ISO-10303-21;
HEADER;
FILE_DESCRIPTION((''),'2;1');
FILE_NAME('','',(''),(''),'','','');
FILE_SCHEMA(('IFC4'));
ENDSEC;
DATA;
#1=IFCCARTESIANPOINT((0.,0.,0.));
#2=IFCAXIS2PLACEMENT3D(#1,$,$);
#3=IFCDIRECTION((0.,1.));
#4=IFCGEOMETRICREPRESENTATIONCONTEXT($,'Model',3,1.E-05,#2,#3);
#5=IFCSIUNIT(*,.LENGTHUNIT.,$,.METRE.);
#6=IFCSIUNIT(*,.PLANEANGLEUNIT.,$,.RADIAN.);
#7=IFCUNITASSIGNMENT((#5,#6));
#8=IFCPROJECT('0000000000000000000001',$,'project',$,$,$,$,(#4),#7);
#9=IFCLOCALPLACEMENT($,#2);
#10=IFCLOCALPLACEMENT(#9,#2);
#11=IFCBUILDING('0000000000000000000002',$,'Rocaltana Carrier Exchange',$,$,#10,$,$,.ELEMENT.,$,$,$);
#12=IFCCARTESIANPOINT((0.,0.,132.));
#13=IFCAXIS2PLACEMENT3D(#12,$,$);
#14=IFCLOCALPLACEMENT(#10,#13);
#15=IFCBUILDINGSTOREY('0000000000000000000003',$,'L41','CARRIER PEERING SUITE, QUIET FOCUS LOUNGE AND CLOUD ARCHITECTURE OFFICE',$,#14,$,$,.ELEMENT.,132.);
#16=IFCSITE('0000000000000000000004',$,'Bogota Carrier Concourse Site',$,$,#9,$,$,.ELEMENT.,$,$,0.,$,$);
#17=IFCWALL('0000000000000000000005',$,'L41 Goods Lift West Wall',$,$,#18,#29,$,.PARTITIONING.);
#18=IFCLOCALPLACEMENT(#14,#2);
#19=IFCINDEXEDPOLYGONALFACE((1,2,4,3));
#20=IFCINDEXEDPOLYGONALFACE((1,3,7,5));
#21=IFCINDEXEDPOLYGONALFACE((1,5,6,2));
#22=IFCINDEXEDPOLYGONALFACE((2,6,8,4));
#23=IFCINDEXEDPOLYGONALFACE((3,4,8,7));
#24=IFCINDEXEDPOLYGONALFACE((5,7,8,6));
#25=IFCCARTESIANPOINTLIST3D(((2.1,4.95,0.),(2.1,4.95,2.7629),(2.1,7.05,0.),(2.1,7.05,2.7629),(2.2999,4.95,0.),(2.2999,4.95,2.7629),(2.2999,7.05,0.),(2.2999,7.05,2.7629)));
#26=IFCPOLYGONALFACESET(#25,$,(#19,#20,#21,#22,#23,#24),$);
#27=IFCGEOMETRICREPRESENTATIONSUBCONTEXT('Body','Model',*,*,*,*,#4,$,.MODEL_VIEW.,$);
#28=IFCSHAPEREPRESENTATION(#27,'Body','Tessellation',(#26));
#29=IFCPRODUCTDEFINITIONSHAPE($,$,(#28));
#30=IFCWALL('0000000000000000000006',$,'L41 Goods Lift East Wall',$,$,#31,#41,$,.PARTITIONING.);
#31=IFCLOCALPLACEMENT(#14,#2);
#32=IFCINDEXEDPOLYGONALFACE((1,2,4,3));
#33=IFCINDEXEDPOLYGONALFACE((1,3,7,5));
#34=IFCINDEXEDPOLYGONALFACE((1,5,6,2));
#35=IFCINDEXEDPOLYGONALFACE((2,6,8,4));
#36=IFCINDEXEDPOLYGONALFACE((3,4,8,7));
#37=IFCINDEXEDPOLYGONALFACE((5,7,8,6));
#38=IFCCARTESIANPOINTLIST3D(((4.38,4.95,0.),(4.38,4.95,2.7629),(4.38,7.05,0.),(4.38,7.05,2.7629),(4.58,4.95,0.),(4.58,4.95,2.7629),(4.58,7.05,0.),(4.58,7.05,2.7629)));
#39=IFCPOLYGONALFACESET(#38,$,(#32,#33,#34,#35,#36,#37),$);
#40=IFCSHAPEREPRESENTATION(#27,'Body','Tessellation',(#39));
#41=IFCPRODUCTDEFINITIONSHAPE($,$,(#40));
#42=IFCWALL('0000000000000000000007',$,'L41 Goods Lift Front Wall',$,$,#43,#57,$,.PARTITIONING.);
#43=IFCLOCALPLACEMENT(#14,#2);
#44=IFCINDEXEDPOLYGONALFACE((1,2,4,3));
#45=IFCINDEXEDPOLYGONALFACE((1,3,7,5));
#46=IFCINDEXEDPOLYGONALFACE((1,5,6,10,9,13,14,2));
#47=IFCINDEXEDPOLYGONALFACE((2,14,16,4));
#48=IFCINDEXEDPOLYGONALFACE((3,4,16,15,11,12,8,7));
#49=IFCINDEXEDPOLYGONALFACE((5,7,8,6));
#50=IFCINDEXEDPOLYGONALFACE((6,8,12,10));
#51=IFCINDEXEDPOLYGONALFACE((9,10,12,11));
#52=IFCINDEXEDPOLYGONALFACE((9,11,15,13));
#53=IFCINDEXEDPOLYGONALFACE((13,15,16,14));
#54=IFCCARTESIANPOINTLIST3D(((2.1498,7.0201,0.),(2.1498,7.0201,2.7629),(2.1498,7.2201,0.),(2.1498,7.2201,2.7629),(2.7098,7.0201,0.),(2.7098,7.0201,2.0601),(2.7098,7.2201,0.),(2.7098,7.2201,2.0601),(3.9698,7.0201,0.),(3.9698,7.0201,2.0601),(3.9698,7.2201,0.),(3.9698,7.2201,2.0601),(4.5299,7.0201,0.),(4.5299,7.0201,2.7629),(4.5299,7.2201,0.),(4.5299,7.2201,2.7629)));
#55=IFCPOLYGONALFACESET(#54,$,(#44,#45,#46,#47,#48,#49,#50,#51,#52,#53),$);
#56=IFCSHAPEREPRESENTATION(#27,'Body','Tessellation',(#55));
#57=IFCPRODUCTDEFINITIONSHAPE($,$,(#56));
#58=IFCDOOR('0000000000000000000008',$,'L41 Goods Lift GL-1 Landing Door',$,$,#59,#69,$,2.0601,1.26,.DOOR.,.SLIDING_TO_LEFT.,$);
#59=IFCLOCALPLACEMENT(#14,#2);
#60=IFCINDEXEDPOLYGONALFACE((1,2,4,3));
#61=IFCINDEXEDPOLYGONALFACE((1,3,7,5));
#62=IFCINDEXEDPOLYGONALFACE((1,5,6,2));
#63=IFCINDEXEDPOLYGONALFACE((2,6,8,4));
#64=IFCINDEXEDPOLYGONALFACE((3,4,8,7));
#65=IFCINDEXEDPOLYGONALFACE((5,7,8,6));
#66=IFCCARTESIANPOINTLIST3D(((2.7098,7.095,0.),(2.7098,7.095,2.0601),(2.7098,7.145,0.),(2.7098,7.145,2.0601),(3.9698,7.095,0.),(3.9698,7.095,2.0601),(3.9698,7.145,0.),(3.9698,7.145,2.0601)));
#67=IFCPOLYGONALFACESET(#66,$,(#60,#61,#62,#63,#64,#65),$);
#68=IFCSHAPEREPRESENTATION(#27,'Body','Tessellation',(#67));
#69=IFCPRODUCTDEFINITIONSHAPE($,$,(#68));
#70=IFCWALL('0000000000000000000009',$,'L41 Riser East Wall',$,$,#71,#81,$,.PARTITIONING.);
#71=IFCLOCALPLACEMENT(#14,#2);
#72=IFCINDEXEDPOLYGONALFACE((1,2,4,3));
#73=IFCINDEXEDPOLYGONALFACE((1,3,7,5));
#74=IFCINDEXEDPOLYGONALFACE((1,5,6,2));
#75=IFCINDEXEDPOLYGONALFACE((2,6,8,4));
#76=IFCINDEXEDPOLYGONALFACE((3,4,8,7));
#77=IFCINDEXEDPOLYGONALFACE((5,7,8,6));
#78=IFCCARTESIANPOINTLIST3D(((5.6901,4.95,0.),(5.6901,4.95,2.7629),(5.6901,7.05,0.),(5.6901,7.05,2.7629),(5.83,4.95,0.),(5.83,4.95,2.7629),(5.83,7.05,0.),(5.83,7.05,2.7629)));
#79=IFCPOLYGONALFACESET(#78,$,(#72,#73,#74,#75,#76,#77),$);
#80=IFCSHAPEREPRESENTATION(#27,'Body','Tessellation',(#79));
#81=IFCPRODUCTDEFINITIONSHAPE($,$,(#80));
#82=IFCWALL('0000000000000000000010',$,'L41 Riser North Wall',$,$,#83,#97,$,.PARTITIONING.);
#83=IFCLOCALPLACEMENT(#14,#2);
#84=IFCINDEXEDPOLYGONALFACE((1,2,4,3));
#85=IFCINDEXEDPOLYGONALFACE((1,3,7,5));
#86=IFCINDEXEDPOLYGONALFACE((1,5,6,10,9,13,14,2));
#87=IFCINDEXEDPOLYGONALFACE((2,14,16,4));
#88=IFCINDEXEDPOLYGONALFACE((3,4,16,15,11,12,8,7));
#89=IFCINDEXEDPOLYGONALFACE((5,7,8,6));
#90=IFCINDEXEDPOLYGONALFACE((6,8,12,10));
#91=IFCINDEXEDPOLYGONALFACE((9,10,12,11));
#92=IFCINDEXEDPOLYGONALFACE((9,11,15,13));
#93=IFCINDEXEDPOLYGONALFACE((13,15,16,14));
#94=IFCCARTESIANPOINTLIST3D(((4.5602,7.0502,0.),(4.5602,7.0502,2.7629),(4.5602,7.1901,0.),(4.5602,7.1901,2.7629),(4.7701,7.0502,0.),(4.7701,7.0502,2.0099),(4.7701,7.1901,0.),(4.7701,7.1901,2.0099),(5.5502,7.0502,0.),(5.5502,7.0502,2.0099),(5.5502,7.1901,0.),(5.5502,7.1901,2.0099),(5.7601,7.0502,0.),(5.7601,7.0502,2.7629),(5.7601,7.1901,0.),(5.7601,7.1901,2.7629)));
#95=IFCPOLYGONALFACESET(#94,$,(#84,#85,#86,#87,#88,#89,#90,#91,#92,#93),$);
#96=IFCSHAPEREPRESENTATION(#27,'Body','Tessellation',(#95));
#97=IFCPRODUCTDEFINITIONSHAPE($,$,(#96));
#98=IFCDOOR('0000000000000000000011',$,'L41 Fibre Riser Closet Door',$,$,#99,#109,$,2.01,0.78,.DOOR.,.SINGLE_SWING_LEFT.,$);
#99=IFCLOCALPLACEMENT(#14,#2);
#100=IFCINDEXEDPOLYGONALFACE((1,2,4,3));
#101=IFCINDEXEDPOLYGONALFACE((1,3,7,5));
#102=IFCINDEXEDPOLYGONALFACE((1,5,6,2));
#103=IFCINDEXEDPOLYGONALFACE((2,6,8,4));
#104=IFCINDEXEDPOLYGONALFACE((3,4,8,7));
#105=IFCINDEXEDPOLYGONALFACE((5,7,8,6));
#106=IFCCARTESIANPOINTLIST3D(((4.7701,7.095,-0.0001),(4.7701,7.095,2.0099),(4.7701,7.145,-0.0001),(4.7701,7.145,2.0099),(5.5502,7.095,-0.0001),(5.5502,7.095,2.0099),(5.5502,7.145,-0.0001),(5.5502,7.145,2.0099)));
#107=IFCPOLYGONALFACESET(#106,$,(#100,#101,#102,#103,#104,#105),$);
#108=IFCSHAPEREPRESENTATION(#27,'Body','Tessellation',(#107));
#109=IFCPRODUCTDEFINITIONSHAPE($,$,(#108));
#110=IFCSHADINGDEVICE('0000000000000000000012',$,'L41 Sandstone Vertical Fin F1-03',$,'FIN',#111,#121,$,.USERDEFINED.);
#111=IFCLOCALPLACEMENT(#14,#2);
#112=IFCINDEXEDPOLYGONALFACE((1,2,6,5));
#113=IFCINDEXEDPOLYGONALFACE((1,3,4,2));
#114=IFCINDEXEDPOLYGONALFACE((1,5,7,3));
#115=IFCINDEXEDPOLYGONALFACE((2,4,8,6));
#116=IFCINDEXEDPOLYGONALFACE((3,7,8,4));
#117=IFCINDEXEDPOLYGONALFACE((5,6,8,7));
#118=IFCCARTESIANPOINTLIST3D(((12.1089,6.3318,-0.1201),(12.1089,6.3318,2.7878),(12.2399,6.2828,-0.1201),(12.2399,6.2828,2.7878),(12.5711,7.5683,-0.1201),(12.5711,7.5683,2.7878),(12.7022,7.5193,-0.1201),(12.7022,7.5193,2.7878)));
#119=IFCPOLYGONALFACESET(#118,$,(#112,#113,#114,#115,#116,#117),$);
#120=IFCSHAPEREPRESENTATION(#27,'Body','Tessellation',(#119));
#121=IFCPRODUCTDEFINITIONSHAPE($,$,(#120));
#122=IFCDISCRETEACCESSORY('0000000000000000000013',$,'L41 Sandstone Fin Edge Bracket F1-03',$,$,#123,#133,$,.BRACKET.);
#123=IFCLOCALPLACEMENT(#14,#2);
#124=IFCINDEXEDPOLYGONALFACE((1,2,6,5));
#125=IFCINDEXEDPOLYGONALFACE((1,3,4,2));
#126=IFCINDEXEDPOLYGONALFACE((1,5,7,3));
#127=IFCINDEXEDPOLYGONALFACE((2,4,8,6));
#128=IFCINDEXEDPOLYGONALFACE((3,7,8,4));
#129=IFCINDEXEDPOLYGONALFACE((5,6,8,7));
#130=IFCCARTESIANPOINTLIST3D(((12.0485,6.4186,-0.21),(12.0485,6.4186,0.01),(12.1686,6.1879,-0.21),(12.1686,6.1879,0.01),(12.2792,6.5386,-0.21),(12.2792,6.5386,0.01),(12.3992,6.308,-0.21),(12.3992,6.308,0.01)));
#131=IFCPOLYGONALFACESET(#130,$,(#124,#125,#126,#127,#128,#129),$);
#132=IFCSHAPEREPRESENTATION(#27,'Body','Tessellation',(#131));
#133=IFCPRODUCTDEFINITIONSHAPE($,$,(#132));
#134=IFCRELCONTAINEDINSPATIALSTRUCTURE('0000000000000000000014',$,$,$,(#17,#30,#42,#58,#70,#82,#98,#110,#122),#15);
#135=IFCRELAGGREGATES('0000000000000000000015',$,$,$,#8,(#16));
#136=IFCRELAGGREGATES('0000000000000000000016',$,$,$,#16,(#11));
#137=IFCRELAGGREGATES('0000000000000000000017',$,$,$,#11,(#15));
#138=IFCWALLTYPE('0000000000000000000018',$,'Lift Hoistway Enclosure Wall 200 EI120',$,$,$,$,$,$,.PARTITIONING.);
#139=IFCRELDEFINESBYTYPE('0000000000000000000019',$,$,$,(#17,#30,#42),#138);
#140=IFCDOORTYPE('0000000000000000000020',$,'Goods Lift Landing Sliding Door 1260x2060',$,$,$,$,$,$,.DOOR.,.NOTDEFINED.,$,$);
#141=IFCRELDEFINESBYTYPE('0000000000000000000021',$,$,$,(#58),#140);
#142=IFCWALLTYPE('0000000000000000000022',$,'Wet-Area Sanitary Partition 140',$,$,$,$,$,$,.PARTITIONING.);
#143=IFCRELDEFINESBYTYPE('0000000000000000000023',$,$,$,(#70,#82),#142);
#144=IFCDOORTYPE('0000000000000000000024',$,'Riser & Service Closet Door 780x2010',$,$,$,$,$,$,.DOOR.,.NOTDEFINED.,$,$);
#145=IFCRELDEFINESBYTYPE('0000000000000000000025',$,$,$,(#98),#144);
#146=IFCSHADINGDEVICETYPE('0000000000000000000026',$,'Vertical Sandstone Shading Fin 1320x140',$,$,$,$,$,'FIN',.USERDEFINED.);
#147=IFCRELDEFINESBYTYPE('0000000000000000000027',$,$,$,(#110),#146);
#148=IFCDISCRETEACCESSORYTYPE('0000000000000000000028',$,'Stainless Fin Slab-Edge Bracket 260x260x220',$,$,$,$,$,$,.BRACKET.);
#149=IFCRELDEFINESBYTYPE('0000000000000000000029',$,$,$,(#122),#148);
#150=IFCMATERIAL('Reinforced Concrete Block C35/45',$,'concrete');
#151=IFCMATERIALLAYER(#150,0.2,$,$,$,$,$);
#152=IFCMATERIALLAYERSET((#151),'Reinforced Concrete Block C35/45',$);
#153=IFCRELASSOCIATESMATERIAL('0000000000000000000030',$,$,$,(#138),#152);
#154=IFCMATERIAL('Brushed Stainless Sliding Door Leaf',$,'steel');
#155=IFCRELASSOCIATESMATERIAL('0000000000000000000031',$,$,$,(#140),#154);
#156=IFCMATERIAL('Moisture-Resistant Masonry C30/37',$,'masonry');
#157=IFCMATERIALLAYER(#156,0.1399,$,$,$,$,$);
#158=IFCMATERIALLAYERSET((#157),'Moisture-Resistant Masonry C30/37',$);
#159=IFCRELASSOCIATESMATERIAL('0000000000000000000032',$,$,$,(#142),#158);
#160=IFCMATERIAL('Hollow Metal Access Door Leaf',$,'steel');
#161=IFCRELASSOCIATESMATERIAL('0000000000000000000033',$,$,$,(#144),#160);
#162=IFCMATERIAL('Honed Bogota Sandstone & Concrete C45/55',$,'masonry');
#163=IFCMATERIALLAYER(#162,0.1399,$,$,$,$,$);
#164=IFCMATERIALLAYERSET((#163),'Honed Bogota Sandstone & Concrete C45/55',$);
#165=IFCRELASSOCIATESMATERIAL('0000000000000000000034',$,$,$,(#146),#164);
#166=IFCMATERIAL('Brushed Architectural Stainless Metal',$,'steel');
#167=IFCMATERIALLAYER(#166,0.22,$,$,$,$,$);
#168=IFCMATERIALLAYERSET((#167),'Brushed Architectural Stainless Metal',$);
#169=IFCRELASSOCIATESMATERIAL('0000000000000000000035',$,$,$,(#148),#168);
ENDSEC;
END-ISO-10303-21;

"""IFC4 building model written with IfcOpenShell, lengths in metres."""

from ifc_helpers import new_model, si_unit, direction, frame, frame_2d, origin, origin_2d, place, context, subcontext, project, spatial, rectangle, extrude, material, layer, layer_set, type_object, element, fill, save


model = new_model("IFC4")

# Units and contexts
model_context = context("Model", 3, precision=1e-05, world=origin(), true_north=direction((0.0, 1.0)))
body_context = subcontext(model_context, "Body", "Model", "MODEL_VIEW")
ifc_project = project(units=[si_unit("LENGTHUNIT", "METRE"), si_unit("PLANEANGLEUNIT", "RADIAN")], contexts=[model_context])

# Site, building, storey
site_placement = place(None, origin())
site = spatial("IfcSite", under=ifc_project, at=site_placement, Name="Bogota Carrier Concourse Site", CompositionType="ELEMENT", RefElevation=0.0)
building_placement = place(site_placement, origin())
building = spatial("IfcBuilding", under=site, at=building_placement, Name="Rocaltana Carrier Exchange", CompositionType="ELEMENT")
storey_placement = place(building_placement, frame((0.0, 0.0, 132.0)))
storey = spatial("IfcBuildingStorey", under=building, at=storey_placement, Name="L41", Description="CARRIER PEERING SUITE, QUIET FOCUS LOUNGE AND CLOUD ARCHITECTURE OFFICE", CompositionType="ELEMENT", Elevation=132.0)

# Walls
ifc_material_1 = material(Name="Reinforced Concrete Block C35/45", Category="concrete")
ifc_layer_1 = layer(ifc_material_1, 0.2)
ifc_layer_set_1 = layer_set([ifc_layer_1], Name="Reinforced Concrete Block C35/45")
wall_type_1 = type_object("IfcWallType", Name="Lift Hoistway Enclosure Wall 200 EI120", PredefinedType="PARTITIONING", material=ifc_layer_set_1)
for number, where, z_axis, x_axis, name in (
    (1, (2.2, 4.95, 0.0), (0.0, 0.0, 1.0), (0.0, 1.0, 0.0), "L41 Goods Lift West Wall"),
    (2, (4.48, 4.95, 0.0), (0.0, 0.0, 1.0), (0.0, 1.0, 0.0), "L41 Goods Lift East Wall"),
):
    element("IfcWall", number, at=place(storey_placement, frame(where, z_axis=z_axis, x_axis=x_axis)), inside=storey, type_object=wall_type_1, Name=name, PredefinedType="PARTITIONING", context=body_context, shape_type="SweptSolid", body=[
        extrude(rectangle(XDim=2.1001, YDim=0.2, at=frame_2d((1.05, 0.0))), origin(), (0.0, 0.0, 1.0), 2.7629),
    ])

# Wall, opening, door
wall_1_placement = place(storey_placement, frame((2.1499, 7.1201, 0.0), z_axis=(0.0, 0.0, 1.0), x_axis=(1.0, 0.0, 0.0)))
wall_1 = element("IfcWall", 3, at=wall_1_placement, inside=storey, type_object=wall_type_1, Name="L41 Goods Lift Front Wall", PredefinedType="PARTITIONING", context=body_context, shape_type="SweptSolid", body=[
    extrude(rectangle(XDim=2.3801, YDim=0.2, at=frame_2d((1.1899, 0.0))), origin(), (0.0, 0.0, 1.0), 2.7629),
])
opening_1_placement = place(wall_1_placement, frame((0.5601, 0.0, 0.0)))
opening_1 = element("IfcOpeningElement", 4, at=opening_1_placement, cuts=wall_1, PredefinedType="OPENING", context=body_context, shape_type="SweptSolid", body=[
    extrude(rectangle(XDim=1.26, YDim=2.0601, at=frame_2d((0.6299, 1.03))), frame((0.0, 0.1099, 0.0), z_axis=(0.0, -1.0, 0.0), x_axis=(1.0, 0.0, 0.0)), (0.0, 0.0, 1.0), 0.22),
])
ifc_material_2 = material(Name="Brushed Stainless Sliding Door Leaf", Category="steel")
door_type_1 = type_object("IfcDoorType", Name="Goods Lift Landing Sliding Door 1260x2060", OperationType="NOTDEFINED", PredefinedType="DOOR", material=ifc_material_2)
door_1_placement = place(opening_1_placement, origin())
door_1 = element("IfcDoor", 5, at=door_1_placement, inside=storey, type_object=door_type_1, Name="L41 Goods Lift GL-1 Landing Door", OperationType="SLIDING_TO_LEFT", OverallHeight=2.0601, OverallWidth=1.26, PredefinedType="DOOR", context=body_context, shape_type="SweptSolid", body=[
    extrude(rectangle(XDim=1.26, YDim=2.0601, at=frame_2d((0.6299, 1.03))), frame((0.0, 0.0249, 0.0), z_axis=(0.0, -1.0, 0.0), x_axis=(1.0, 0.0, 0.0)), (0.0, 0.0, 1.0), 0.05),
])
fill(opening_1, door_1)

# Wall
ifc_material_3 = material(Name="Moisture-Resistant Masonry C30/37", Category="masonry")
ifc_layer_2 = layer(ifc_material_3, 0.1399)
ifc_layer_set_2 = layer_set([ifc_layer_2], Name="Moisture-Resistant Masonry C30/37")
wall_type_2 = type_object("IfcWallType", Name="Wet-Area Sanitary Partition 140", PredefinedType="PARTITIONING", material=ifc_layer_set_2)
wall_2_placement = place(storey_placement, frame((5.76, 4.95, 0.0), z_axis=(0.0, 0.0, 1.0), x_axis=(0.0, 1.0, 0.0)))
element("IfcWall", 6, at=wall_2_placement, inside=storey, type_object=wall_type_2, Name="L41 Riser East Wall", PredefinedType="PARTITIONING", context=body_context, shape_type="SweptSolid", body=[
    extrude(rectangle(XDim=2.1001, YDim=0.1399, at=frame_2d((1.05, 0.0))), origin(), (0.0, 0.0, 1.0), 2.7629),
])

# Wall, opening, door
wall_3_placement = place(storey_placement, frame((4.5601, 7.1201, 0.0), z_axis=(0.0, 0.0, 1.0), x_axis=(1.0, 0.0, 0.0)))
wall_3 = element("IfcWall", 7, at=wall_3_placement, inside=storey, type_object=wall_type_2, Name="L41 Riser North Wall", PredefinedType="PARTITIONING", context=body_context, shape_type="SweptSolid", body=[
    extrude(rectangle(XDim=1.2, YDim=0.1399, at=frame_2d((0.6001, 0.0))), origin(), (0.0, 0.0, 1.0), 2.7629),
])
opening_2_placement = place(wall_3_placement, frame((0.21, 0.0, 0.0)))
opening_2 = element("IfcOpeningElement", 8, at=opening_2_placement, cuts=wall_3, PredefinedType="OPENING", context=body_context, shape_type="SweptSolid", body=[
    extrude(rectangle(XDim=0.78, YDim=2.01, at=frame_2d((0.3901, 1.0049))), frame((0.0, 0.0798, 0.0), z_axis=(0.0, -1.0, 0.0), x_axis=(1.0, 0.0, 0.0)), (0.0, 0.0, 1.0), 0.1599),
])
ifc_material_4 = material(Name="Hollow Metal Access Door Leaf", Category="steel")
door_type_2 = type_object("IfcDoorType", Name="Riser & Service Closet Door 780x2010", OperationType="NOTDEFINED", PredefinedType="DOOR", material=ifc_material_4)
door_2_placement = place(opening_2_placement, origin())
door_2 = element("IfcDoor", 9, at=door_2_placement, inside=storey, type_object=door_type_2, Name="L41 Fibre Riser Closet Door", OperationType="SINGLE_SWING_LEFT", OverallHeight=2.01, OverallWidth=0.78, PredefinedType="DOOR", context=body_context, shape_type="SweptSolid", body=[
    extrude(rectangle(XDim=0.78, YDim=2.01, at=frame_2d((0.3901, 1.0049))), frame((0.0, 0.0249, 0.0), z_axis=(0.0, -1.0, 0.0), x_axis=(1.0, 0.0, 0.0)), (0.0, 0.0, 1.0), 0.05),
])
fill(opening_2, door_2)

# Shading device
ifc_material_5 = material(Name="Honed Bogota Sandstone & Concrete C45/55", Category="masonry")
ifc_layer_3 = layer(ifc_material_5, 0.1399)
ifc_layer_set_3 = layer_set([ifc_layer_3], Name="Honed Bogota Sandstone & Concrete C45/55")
shading_device_type = type_object("IfcShadingDeviceType", Name="Vertical Sandstone Shading Fin 1320x140", ElementType="FIN", PredefinedType="USERDEFINED", material=ifc_layer_set_3)
shading_device_placement = place(storey_placement, frame((12.4055, 6.9255, -0.1201), z_axis=(0.0, 0.0, 1.0), x_axis=(0.350207, 0.936672, 0.0)))
element("IfcShadingDevice", 10, at=shading_device_placement, inside=storey, type_object=shading_device_type, Name="L41 Sandstone Vertical Fin F1-03", ObjectType="FIN", PredefinedType="USERDEFINED", context=body_context, shape_type="SweptSolid", body=[
    extrude(rectangle(XDim=1.3201, YDim=0.1399, at=origin_2d()), origin(), (0.0, 0.0, 1.0), 2.908),
])

# Discrete accessory
ifc_material_6 = material(Name="Brushed Architectural Stainless Metal", Category="steel")
ifc_layer_4 = layer(ifc_material_6, 0.22)
ifc_layer_set_4 = layer_set([ifc_layer_4], Name="Brushed Architectural Stainless Metal")
discrete_accessory_type = type_object("IfcDiscreteAccessoryType", Name="Stainless Fin Slab-Edge Bracket 260x260x220", PredefinedType="BRACKET", material=ifc_layer_set_4)
discrete_accessory_placement = place(storey_placement, frame((12.2239, 6.3633, -0.21), z_axis=(0.0, 0.0, 1.0), x_axis=(-0.461749, 0.887011, 0.0)))
element("IfcDiscreteAccessory", 11, at=discrete_accessory_placement, inside=storey, type_object=discrete_accessory_type, Name="L41 Sandstone Fin Edge Bracket F1-03", PredefinedType="BRACKET", context=body_context, shape_type="SweptSolid", body=[
    extrude(rectangle(XDim=0.26, YDim=0.26, at=origin_2d()), origin(), (0.0, 0.0, 1.0), 0.22),
])

save(model, "model.ifc")
